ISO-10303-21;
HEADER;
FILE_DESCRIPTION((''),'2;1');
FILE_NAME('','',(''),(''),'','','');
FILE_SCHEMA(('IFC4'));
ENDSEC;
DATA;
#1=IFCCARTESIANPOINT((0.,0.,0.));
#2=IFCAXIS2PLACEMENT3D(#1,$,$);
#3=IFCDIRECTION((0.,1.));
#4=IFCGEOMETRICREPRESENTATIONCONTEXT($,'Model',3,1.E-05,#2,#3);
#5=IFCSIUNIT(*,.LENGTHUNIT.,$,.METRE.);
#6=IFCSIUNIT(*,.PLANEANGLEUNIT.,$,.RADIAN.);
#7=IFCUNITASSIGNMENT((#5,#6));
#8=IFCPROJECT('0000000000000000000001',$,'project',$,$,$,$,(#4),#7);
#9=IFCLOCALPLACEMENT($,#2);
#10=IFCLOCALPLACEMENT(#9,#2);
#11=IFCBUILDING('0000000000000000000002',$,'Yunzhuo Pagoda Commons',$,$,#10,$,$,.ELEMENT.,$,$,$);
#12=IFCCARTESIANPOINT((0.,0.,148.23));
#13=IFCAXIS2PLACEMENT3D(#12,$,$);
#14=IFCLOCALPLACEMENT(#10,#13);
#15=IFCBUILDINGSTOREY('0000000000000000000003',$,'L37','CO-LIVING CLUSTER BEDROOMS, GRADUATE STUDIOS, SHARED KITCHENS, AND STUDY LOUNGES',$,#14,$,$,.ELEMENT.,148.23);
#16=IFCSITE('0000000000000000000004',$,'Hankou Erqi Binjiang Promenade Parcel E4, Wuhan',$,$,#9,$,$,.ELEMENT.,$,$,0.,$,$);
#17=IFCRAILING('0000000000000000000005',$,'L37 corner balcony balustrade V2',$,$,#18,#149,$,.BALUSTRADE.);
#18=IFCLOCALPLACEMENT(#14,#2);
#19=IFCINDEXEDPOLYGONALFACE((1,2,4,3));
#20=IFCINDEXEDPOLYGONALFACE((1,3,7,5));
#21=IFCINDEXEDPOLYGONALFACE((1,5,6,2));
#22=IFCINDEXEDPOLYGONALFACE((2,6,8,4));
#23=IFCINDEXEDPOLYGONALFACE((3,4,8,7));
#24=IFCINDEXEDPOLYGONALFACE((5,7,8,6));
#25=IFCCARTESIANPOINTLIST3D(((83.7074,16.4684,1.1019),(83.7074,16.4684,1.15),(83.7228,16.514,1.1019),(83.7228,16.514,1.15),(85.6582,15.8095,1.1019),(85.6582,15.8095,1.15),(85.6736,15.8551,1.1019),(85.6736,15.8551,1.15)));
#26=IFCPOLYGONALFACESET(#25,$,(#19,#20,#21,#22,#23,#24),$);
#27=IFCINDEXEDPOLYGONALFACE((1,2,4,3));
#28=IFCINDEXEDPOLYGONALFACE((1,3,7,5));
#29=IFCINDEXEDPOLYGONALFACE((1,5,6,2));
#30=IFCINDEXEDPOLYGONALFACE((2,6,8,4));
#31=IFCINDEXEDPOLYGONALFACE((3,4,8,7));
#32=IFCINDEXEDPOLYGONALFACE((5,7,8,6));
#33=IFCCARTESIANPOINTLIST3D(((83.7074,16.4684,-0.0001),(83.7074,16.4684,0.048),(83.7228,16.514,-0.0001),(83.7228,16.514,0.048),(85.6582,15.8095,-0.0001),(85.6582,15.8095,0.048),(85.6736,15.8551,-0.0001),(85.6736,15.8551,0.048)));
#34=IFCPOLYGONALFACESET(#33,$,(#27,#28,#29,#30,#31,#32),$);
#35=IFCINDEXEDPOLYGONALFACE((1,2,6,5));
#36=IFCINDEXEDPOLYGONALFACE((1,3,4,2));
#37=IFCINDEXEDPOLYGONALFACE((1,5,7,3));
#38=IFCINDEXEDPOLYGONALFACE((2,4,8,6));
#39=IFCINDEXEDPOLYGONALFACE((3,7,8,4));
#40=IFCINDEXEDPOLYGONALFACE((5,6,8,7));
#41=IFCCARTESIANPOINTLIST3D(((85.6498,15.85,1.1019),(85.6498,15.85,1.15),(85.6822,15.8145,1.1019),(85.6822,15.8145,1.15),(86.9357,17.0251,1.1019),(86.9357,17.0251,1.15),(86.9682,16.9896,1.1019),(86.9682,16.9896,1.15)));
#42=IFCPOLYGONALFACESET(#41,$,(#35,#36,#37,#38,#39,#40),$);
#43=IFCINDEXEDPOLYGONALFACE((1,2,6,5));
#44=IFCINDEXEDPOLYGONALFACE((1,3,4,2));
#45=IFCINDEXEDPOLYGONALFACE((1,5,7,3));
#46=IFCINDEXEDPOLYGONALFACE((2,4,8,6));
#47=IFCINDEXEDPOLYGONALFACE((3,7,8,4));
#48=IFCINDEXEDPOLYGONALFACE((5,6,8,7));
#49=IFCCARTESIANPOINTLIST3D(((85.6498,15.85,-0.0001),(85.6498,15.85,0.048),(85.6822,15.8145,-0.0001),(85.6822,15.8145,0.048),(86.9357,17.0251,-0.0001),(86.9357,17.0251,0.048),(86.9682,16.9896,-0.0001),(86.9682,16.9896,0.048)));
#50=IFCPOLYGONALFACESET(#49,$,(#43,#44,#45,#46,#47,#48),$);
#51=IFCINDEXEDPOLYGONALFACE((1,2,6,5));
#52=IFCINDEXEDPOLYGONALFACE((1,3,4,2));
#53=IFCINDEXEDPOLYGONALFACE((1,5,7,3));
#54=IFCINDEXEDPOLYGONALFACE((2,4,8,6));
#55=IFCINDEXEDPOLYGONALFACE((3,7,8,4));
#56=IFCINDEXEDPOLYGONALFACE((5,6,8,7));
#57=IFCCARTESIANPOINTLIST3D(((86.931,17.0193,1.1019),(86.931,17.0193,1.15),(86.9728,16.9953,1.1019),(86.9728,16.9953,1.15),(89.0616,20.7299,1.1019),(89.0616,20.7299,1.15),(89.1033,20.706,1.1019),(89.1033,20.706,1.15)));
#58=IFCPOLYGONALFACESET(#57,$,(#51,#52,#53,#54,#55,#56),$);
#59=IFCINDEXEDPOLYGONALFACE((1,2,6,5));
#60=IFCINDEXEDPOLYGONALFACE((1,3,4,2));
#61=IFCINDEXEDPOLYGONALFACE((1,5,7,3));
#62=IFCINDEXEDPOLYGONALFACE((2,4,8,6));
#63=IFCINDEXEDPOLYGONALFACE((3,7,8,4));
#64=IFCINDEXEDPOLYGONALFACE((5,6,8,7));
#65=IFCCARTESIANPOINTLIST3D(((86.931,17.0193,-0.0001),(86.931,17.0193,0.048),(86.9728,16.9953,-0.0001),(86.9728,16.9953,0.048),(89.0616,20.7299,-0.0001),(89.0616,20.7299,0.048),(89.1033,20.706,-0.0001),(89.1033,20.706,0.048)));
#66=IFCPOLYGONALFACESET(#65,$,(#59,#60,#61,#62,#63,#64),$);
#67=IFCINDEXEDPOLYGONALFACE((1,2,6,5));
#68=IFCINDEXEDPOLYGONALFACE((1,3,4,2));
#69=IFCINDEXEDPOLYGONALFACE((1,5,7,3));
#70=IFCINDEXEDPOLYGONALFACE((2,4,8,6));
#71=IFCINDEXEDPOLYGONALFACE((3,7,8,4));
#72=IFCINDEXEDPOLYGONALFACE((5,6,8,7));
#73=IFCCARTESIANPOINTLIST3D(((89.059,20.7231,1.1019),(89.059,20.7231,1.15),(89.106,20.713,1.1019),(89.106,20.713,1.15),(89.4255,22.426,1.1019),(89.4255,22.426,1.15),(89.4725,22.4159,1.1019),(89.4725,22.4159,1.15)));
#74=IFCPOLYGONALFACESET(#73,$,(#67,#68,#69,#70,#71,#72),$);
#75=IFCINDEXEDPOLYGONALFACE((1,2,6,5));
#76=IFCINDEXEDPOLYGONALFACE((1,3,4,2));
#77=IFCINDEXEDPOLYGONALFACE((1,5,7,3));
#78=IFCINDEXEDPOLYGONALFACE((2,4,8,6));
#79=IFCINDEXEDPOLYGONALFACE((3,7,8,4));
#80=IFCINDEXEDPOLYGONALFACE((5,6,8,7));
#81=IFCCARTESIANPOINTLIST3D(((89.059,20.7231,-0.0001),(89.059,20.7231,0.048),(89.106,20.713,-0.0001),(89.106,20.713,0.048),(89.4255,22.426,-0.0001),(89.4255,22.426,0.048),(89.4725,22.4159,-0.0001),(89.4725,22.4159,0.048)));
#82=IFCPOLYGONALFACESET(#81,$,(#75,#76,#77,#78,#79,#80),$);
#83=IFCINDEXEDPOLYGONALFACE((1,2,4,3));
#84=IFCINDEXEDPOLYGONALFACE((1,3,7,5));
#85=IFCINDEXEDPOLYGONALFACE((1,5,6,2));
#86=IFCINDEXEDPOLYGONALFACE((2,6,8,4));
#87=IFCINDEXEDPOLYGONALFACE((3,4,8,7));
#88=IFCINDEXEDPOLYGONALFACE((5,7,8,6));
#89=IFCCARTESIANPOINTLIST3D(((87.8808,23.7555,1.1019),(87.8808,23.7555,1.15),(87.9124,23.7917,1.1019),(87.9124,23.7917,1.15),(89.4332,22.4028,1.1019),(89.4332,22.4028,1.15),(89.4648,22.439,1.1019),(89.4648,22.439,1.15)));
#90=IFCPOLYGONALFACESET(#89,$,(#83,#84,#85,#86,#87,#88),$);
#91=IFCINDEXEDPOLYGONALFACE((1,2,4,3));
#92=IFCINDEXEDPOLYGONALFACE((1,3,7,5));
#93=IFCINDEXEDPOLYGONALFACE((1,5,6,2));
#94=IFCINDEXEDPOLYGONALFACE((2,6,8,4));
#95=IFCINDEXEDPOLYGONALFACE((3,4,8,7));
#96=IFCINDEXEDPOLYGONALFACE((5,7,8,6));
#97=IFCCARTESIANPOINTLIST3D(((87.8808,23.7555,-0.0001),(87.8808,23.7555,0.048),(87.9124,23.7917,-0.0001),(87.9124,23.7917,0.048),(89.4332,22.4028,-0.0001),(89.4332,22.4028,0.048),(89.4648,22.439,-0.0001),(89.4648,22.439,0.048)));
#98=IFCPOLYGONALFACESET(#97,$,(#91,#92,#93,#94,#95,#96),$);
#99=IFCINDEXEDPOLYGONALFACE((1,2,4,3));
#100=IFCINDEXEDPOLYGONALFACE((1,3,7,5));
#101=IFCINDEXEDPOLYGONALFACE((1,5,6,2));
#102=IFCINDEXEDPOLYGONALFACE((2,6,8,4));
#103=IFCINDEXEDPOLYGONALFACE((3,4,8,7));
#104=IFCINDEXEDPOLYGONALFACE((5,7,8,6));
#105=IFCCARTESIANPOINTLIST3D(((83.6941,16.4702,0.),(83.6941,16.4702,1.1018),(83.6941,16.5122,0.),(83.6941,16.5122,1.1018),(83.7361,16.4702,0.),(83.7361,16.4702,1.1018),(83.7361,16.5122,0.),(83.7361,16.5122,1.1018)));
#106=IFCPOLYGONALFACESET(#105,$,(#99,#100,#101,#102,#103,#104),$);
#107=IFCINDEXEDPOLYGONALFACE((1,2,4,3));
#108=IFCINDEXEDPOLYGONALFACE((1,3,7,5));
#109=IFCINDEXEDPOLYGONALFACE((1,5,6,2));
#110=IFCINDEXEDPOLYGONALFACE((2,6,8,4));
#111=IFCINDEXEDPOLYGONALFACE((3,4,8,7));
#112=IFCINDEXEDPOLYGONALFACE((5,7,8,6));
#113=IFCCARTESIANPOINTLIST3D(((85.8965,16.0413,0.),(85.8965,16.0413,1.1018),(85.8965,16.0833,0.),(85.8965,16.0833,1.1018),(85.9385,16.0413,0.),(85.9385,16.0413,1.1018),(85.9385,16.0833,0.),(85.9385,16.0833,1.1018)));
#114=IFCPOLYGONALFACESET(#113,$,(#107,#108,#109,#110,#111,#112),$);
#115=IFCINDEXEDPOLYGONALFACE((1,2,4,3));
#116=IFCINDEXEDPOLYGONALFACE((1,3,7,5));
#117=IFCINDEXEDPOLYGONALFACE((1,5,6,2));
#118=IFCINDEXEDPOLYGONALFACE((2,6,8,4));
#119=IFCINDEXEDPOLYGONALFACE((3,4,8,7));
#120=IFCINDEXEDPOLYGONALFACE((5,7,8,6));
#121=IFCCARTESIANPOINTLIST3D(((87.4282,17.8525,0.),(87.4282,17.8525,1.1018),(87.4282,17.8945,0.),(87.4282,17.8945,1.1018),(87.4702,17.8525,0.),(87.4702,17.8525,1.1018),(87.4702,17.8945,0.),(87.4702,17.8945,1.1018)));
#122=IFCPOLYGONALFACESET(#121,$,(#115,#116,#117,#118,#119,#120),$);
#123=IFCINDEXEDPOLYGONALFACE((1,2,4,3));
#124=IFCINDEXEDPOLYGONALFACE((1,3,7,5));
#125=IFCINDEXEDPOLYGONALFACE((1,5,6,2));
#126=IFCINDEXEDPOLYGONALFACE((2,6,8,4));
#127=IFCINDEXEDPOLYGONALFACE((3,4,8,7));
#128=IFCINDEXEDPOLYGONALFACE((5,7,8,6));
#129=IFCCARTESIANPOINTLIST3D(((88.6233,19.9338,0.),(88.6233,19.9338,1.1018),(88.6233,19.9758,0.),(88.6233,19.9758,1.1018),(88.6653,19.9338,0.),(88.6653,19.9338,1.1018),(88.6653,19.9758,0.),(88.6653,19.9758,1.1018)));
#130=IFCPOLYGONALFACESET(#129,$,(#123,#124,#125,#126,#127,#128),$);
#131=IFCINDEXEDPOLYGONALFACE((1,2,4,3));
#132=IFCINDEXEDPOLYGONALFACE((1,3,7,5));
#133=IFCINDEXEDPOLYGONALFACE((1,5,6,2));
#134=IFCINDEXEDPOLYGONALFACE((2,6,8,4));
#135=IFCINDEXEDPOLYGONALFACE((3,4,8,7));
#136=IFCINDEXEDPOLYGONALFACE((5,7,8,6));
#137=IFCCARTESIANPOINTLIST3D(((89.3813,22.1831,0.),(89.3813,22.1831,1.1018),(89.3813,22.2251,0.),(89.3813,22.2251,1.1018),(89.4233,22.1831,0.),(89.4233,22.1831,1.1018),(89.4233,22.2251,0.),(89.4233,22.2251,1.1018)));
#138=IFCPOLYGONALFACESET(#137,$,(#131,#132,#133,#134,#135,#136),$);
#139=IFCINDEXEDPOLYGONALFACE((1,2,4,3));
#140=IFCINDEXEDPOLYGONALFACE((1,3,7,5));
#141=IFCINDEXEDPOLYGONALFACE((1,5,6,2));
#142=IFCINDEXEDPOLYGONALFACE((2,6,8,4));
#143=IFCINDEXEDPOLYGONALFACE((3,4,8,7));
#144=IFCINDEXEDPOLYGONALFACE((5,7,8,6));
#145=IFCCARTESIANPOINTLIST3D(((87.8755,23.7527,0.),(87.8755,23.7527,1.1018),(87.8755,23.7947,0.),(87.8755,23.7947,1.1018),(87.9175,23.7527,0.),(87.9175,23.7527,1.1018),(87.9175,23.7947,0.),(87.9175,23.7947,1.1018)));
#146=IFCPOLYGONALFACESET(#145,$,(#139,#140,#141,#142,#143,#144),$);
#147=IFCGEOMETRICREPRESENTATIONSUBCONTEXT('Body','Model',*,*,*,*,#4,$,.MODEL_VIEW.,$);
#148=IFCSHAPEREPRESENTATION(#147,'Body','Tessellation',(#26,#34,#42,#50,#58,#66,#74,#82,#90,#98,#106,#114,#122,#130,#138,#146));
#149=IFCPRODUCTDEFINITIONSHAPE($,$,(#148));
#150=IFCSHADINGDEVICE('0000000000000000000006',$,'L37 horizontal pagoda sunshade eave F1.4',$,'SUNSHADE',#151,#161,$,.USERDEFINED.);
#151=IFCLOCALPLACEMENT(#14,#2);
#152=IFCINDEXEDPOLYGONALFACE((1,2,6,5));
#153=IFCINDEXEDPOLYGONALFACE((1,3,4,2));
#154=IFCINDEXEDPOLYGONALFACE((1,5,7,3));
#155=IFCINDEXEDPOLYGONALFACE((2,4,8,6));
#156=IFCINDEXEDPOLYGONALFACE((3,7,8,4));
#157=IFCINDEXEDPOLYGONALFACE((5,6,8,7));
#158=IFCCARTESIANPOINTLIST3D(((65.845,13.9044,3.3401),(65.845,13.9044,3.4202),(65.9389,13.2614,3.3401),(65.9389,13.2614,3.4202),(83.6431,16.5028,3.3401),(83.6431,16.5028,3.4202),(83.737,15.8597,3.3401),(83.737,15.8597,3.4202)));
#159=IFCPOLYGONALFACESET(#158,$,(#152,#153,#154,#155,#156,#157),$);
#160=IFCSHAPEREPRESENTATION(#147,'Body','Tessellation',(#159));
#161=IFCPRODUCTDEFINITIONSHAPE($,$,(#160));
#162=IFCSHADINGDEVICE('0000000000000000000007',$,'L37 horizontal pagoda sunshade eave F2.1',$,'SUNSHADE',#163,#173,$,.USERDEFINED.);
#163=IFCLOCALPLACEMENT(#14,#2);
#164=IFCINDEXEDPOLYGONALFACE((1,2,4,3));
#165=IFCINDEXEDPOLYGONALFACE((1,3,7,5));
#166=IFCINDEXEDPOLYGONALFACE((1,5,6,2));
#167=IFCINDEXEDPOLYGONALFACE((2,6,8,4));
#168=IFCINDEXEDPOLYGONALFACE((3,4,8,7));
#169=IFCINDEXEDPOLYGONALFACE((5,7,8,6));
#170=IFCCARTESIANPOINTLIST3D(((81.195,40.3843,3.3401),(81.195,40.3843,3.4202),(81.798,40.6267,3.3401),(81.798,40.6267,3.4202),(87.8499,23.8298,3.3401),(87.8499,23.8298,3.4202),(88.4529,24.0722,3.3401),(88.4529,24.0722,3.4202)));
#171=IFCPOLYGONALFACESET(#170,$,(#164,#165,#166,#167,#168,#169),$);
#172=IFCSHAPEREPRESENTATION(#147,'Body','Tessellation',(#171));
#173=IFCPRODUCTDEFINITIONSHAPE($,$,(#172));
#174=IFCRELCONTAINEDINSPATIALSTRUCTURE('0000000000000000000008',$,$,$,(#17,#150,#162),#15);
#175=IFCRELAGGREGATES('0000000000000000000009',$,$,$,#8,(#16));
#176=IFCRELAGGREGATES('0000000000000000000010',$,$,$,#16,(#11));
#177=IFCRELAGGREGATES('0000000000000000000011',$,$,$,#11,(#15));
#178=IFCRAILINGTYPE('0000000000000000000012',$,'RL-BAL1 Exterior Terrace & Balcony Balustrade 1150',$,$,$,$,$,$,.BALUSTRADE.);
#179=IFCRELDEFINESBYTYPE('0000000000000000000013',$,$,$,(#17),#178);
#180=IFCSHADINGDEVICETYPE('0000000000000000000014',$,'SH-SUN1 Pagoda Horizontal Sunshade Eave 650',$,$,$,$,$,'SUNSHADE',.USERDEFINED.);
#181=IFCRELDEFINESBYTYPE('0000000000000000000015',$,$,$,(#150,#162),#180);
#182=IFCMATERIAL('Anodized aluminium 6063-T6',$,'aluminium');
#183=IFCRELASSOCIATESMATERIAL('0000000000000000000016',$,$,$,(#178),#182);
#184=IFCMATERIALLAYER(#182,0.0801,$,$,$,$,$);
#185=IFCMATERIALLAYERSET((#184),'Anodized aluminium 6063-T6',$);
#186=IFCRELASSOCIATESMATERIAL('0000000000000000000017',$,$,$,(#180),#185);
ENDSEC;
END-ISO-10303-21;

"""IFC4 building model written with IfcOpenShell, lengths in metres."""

from ifc_helpers import new_model, si_unit, direction, frame, origin, origin_2d, place, context, subcontext, project, spatial, rectangle, extrude, source, transform, mapped, material, layer, layer_set, type_object, element, save


model = new_model("IFC4")

# Units and contexts
model_context = context("Model", 3, precision=1e-05, world=origin(), true_north=direction((0.0, 1.0)))
body_context = subcontext(model_context, "Body", "Model", "MODEL_VIEW")
ifc_project = project(units=[si_unit("LENGTHUNIT", "METRE"), si_unit("PLANEANGLEUNIT", "RADIAN")], contexts=[model_context])

# Site, building, storey
site_placement = place(None, origin())
site = spatial("IfcSite", under=ifc_project, at=site_placement, Name="Hankou Erqi Binjiang Promenade Parcel E4, Wuhan", CompositionType="ELEMENT", RefElevation=0.0)
building_placement = place(site_placement, origin())
building = spatial("IfcBuilding", under=site, at=building_placement, Name="Yunzhuo Pagoda Commons", CompositionType="ELEMENT")
storey_placement = place(building_placement, frame((0.0, 0.0, 148.23)))
storey = spatial("IfcBuildingStorey", under=building, at=storey_placement, Name="L37", Description="CO-LIVING CLUSTER BEDROOMS, GRADUATE STUDIOS, SHARED KITCHENS, AND STUDY LOUNGES", CompositionType="ELEMENT", Elevation=148.23)

# Shared definitions
ifc_material_1 = material(Name="Anodized aluminium 6063-T6", Category="aluminium")

# Railing
railing_type = type_object("IfcRailingType", Name="RL-BAL1 Exterior Terrace & Balcony Balustrade 1150", PredefinedType="BALUSTRADE", material=ifc_material_1)
railing_placement = place(storey_placement, frame((83.7151, 16.4912, 0.0)))
element("IfcRailing", 1, at=railing_placement, inside=storey, type_object=railing_type, Name="L37 corner balcony balustrade V2", PredefinedType="BALUSTRADE", context=body_context, shape_type="SweptSolid", body=[
    extrude(rectangle(XDim=0.0481, YDim=0.0481, at=origin_2d()), frame((0.0, 0.0, 1.126), z_axis=(0.947419, -0.319996, 0.0), x_axis=(0.319996, 0.947419, 0.0)), (0.0, 0.0, 1.0), 2.0591),
    extrude(rectangle(XDim=0.0481, YDim=0.0481, at=origin_2d()), frame((0.0, 0.0, 0.0239), z_axis=(0.947419, -0.319996, 0.0), x_axis=(0.319996, 0.947419, 0.0)), (0.0, 0.0, 1.0), 2.0591),
    extrude(rectangle(XDim=0.0481, YDim=0.0481, at=origin_2d()), frame((1.9509, -0.6589, 1.126), z_axis=(0.738206, 0.674575, 0.0), x_axis=(-0.674575, 0.738206, 0.0)), (0.0, 0.0, 1.0), 1.7419),
    extrude(rectangle(XDim=0.0481, YDim=0.0481, at=origin_2d()), frame((1.9509, -0.6589, 0.0239), z_axis=(0.738206, 0.674575, 0.0), x_axis=(-0.674575, 0.738206, 0.0)), (0.0, 0.0, 1.0), 1.7419),
    extrude(rectangle(XDim=0.0481, YDim=0.0481, at=origin_2d()), frame((3.2368, 0.5161, 1.126), z_axis=(0.497938, 0.867212, 0.0), x_axis=(-0.867212, 0.497938, 0.0)), (0.0, 0.0, 1.0), 4.2788),
    extrude(rectangle(XDim=0.0481, YDim=0.0481, at=origin_2d()), frame((3.2368, 0.5161, 0.0239), z_axis=(0.497938, 0.867212, 0.0), x_axis=(-0.867212, 0.497938, 0.0)), (0.0, 0.0, 1.0), 4.2788),
    extrude(rectangle(XDim=0.0481, YDim=0.0481, at=origin_2d()), frame((5.3674, 4.2268, 1.126), z_axis=(0.210381, 0.977619, 0.0), x_axis=(-0.977619, 0.210381, 0.0)), (0.0, 0.0, 1.0), 1.7419),
    extrude(rectangle(XDim=0.0481, YDim=0.0481, at=origin_2d()), frame((5.3674, 4.2268, 0.0239), z_axis=(0.210381, 0.977619, 0.0), x_axis=(-0.977619, 0.210381, 0.0)), (0.0, 0.0, 1.0), 1.7419),
    extrude(rectangle(XDim=0.0481, YDim=0.0481, at=origin_2d()), frame((5.7339, 5.9297, 1.126), z_axis=(-0.753934, 0.65695, 0.0), x_axis=(-0.65695, -0.753934, 0.0)), (0.0, 0.0, 1.0), 2.0591),
    extrude(rectangle(XDim=0.0481, YDim=0.0481, at=origin_2d()), frame((5.7339, 5.9297, 0.0239), z_axis=(-0.753934, 0.65695, 0.0), x_axis=(-0.65695, -0.753934, 0.0)), (0.0, 0.0, 1.0), 2.0591),
    extrude(rectangle(XDim=0.042, YDim=0.042, at=origin_2d()), origin(), (0.0, 0.0, 1.0), 1.1018),
    extrude(rectangle(XDim=0.042, YDim=0.042, at=origin_2d()), frame((2.2024, -0.429, 0.0)), (0.0, 0.0, 1.0), 1.1018),
    extrude(rectangle(XDim=0.042, YDim=0.042, at=origin_2d()), frame((3.7341, 1.3823, 0.0)), (0.0, 0.0, 1.0), 1.1018),
    extrude(rectangle(XDim=0.042, YDim=0.042, at=origin_2d()), frame((4.9292, 3.4636, 0.0)), (0.0, 0.0, 1.0), 1.1018),
    extrude(rectangle(XDim=0.042, YDim=0.042, at=origin_2d()), frame((5.6873, 5.7129, 0.0)), (0.0, 0.0, 1.0), 1.1018),
    extrude(rectangle(XDim=0.042, YDim=0.042, at=origin_2d()), frame((4.1814, 7.2825, 0.0)), (0.0, 0.0, 1.0), 1.1018),
])

# Shading devices
ifc_layer_1 = layer(ifc_material_1, 0.0801)
ifc_layer_set_1 = layer_set([ifc_layer_1], Name="Anodized aluminium 6063-T6")
shading_device_type = type_object("IfcShadingDeviceType", Name="SH-SUN1 Pagoda Horizontal Sunshade Eave 650", ElementType="SUNSHADE", PredefinedType="USERDEFINED", material=ifc_layer_set_1)
shared_shape_1 = source(origin(), body_context, "Body", "SweptSolid", [
    extrude(rectangle(XDim=17.9868, YDim=0.6499, at=origin_2d()), origin(), (0.0, 0.0, 1.0), 0.0801),
])
shading_device_1_placement = place(storey_placement, frame((74.791, 14.8821, 3.3401), z_axis=(0.0, 0.0, 1.0), x_axis=(0.989511, 0.14446, 0.0)))
element("IfcShadingDevice", 2, at=shading_device_1_placement, inside=storey, type_object=shading_device_type, Name="L37 horizontal pagoda sunshade eave F1.4", ObjectType="SUNSHADE", PredefinedType="USERDEFINED", context=body_context, shape_type="MappedRepresentation", body=[
    mapped(shared_shape_1, transform((0.0, 0.0, 0.0), scale=1.0)),
])
shared_shape_2 = source(origin(), body_context, "Body", "SweptSolid", [
    extrude(rectangle(XDim=17.842, YDim=0.6499, at=origin_2d()), origin(), (0.0, 0.0, 1.0), 0.0801),
])
shading_device_2_placement = place(storey_placement, frame((84.824, 32.2283, 3.3401), z_axis=(0.0, 0.0, 1.0), x_axis=(-0.372988, 0.927836, 0.0)))
element("IfcShadingDevice", 3, at=shading_device_2_placement, inside=storey, type_object=shading_device_type, Name="L37 horizontal pagoda sunshade eave F2.1", ObjectType="SUNSHADE", PredefinedType="USERDEFINED", context=body_context, shape_type="MappedRepresentation", body=[
    mapped(shared_shape_2, transform((0.0, 0.0, 0.0), scale=1.0)),
])

save(model, "model.ifc")
